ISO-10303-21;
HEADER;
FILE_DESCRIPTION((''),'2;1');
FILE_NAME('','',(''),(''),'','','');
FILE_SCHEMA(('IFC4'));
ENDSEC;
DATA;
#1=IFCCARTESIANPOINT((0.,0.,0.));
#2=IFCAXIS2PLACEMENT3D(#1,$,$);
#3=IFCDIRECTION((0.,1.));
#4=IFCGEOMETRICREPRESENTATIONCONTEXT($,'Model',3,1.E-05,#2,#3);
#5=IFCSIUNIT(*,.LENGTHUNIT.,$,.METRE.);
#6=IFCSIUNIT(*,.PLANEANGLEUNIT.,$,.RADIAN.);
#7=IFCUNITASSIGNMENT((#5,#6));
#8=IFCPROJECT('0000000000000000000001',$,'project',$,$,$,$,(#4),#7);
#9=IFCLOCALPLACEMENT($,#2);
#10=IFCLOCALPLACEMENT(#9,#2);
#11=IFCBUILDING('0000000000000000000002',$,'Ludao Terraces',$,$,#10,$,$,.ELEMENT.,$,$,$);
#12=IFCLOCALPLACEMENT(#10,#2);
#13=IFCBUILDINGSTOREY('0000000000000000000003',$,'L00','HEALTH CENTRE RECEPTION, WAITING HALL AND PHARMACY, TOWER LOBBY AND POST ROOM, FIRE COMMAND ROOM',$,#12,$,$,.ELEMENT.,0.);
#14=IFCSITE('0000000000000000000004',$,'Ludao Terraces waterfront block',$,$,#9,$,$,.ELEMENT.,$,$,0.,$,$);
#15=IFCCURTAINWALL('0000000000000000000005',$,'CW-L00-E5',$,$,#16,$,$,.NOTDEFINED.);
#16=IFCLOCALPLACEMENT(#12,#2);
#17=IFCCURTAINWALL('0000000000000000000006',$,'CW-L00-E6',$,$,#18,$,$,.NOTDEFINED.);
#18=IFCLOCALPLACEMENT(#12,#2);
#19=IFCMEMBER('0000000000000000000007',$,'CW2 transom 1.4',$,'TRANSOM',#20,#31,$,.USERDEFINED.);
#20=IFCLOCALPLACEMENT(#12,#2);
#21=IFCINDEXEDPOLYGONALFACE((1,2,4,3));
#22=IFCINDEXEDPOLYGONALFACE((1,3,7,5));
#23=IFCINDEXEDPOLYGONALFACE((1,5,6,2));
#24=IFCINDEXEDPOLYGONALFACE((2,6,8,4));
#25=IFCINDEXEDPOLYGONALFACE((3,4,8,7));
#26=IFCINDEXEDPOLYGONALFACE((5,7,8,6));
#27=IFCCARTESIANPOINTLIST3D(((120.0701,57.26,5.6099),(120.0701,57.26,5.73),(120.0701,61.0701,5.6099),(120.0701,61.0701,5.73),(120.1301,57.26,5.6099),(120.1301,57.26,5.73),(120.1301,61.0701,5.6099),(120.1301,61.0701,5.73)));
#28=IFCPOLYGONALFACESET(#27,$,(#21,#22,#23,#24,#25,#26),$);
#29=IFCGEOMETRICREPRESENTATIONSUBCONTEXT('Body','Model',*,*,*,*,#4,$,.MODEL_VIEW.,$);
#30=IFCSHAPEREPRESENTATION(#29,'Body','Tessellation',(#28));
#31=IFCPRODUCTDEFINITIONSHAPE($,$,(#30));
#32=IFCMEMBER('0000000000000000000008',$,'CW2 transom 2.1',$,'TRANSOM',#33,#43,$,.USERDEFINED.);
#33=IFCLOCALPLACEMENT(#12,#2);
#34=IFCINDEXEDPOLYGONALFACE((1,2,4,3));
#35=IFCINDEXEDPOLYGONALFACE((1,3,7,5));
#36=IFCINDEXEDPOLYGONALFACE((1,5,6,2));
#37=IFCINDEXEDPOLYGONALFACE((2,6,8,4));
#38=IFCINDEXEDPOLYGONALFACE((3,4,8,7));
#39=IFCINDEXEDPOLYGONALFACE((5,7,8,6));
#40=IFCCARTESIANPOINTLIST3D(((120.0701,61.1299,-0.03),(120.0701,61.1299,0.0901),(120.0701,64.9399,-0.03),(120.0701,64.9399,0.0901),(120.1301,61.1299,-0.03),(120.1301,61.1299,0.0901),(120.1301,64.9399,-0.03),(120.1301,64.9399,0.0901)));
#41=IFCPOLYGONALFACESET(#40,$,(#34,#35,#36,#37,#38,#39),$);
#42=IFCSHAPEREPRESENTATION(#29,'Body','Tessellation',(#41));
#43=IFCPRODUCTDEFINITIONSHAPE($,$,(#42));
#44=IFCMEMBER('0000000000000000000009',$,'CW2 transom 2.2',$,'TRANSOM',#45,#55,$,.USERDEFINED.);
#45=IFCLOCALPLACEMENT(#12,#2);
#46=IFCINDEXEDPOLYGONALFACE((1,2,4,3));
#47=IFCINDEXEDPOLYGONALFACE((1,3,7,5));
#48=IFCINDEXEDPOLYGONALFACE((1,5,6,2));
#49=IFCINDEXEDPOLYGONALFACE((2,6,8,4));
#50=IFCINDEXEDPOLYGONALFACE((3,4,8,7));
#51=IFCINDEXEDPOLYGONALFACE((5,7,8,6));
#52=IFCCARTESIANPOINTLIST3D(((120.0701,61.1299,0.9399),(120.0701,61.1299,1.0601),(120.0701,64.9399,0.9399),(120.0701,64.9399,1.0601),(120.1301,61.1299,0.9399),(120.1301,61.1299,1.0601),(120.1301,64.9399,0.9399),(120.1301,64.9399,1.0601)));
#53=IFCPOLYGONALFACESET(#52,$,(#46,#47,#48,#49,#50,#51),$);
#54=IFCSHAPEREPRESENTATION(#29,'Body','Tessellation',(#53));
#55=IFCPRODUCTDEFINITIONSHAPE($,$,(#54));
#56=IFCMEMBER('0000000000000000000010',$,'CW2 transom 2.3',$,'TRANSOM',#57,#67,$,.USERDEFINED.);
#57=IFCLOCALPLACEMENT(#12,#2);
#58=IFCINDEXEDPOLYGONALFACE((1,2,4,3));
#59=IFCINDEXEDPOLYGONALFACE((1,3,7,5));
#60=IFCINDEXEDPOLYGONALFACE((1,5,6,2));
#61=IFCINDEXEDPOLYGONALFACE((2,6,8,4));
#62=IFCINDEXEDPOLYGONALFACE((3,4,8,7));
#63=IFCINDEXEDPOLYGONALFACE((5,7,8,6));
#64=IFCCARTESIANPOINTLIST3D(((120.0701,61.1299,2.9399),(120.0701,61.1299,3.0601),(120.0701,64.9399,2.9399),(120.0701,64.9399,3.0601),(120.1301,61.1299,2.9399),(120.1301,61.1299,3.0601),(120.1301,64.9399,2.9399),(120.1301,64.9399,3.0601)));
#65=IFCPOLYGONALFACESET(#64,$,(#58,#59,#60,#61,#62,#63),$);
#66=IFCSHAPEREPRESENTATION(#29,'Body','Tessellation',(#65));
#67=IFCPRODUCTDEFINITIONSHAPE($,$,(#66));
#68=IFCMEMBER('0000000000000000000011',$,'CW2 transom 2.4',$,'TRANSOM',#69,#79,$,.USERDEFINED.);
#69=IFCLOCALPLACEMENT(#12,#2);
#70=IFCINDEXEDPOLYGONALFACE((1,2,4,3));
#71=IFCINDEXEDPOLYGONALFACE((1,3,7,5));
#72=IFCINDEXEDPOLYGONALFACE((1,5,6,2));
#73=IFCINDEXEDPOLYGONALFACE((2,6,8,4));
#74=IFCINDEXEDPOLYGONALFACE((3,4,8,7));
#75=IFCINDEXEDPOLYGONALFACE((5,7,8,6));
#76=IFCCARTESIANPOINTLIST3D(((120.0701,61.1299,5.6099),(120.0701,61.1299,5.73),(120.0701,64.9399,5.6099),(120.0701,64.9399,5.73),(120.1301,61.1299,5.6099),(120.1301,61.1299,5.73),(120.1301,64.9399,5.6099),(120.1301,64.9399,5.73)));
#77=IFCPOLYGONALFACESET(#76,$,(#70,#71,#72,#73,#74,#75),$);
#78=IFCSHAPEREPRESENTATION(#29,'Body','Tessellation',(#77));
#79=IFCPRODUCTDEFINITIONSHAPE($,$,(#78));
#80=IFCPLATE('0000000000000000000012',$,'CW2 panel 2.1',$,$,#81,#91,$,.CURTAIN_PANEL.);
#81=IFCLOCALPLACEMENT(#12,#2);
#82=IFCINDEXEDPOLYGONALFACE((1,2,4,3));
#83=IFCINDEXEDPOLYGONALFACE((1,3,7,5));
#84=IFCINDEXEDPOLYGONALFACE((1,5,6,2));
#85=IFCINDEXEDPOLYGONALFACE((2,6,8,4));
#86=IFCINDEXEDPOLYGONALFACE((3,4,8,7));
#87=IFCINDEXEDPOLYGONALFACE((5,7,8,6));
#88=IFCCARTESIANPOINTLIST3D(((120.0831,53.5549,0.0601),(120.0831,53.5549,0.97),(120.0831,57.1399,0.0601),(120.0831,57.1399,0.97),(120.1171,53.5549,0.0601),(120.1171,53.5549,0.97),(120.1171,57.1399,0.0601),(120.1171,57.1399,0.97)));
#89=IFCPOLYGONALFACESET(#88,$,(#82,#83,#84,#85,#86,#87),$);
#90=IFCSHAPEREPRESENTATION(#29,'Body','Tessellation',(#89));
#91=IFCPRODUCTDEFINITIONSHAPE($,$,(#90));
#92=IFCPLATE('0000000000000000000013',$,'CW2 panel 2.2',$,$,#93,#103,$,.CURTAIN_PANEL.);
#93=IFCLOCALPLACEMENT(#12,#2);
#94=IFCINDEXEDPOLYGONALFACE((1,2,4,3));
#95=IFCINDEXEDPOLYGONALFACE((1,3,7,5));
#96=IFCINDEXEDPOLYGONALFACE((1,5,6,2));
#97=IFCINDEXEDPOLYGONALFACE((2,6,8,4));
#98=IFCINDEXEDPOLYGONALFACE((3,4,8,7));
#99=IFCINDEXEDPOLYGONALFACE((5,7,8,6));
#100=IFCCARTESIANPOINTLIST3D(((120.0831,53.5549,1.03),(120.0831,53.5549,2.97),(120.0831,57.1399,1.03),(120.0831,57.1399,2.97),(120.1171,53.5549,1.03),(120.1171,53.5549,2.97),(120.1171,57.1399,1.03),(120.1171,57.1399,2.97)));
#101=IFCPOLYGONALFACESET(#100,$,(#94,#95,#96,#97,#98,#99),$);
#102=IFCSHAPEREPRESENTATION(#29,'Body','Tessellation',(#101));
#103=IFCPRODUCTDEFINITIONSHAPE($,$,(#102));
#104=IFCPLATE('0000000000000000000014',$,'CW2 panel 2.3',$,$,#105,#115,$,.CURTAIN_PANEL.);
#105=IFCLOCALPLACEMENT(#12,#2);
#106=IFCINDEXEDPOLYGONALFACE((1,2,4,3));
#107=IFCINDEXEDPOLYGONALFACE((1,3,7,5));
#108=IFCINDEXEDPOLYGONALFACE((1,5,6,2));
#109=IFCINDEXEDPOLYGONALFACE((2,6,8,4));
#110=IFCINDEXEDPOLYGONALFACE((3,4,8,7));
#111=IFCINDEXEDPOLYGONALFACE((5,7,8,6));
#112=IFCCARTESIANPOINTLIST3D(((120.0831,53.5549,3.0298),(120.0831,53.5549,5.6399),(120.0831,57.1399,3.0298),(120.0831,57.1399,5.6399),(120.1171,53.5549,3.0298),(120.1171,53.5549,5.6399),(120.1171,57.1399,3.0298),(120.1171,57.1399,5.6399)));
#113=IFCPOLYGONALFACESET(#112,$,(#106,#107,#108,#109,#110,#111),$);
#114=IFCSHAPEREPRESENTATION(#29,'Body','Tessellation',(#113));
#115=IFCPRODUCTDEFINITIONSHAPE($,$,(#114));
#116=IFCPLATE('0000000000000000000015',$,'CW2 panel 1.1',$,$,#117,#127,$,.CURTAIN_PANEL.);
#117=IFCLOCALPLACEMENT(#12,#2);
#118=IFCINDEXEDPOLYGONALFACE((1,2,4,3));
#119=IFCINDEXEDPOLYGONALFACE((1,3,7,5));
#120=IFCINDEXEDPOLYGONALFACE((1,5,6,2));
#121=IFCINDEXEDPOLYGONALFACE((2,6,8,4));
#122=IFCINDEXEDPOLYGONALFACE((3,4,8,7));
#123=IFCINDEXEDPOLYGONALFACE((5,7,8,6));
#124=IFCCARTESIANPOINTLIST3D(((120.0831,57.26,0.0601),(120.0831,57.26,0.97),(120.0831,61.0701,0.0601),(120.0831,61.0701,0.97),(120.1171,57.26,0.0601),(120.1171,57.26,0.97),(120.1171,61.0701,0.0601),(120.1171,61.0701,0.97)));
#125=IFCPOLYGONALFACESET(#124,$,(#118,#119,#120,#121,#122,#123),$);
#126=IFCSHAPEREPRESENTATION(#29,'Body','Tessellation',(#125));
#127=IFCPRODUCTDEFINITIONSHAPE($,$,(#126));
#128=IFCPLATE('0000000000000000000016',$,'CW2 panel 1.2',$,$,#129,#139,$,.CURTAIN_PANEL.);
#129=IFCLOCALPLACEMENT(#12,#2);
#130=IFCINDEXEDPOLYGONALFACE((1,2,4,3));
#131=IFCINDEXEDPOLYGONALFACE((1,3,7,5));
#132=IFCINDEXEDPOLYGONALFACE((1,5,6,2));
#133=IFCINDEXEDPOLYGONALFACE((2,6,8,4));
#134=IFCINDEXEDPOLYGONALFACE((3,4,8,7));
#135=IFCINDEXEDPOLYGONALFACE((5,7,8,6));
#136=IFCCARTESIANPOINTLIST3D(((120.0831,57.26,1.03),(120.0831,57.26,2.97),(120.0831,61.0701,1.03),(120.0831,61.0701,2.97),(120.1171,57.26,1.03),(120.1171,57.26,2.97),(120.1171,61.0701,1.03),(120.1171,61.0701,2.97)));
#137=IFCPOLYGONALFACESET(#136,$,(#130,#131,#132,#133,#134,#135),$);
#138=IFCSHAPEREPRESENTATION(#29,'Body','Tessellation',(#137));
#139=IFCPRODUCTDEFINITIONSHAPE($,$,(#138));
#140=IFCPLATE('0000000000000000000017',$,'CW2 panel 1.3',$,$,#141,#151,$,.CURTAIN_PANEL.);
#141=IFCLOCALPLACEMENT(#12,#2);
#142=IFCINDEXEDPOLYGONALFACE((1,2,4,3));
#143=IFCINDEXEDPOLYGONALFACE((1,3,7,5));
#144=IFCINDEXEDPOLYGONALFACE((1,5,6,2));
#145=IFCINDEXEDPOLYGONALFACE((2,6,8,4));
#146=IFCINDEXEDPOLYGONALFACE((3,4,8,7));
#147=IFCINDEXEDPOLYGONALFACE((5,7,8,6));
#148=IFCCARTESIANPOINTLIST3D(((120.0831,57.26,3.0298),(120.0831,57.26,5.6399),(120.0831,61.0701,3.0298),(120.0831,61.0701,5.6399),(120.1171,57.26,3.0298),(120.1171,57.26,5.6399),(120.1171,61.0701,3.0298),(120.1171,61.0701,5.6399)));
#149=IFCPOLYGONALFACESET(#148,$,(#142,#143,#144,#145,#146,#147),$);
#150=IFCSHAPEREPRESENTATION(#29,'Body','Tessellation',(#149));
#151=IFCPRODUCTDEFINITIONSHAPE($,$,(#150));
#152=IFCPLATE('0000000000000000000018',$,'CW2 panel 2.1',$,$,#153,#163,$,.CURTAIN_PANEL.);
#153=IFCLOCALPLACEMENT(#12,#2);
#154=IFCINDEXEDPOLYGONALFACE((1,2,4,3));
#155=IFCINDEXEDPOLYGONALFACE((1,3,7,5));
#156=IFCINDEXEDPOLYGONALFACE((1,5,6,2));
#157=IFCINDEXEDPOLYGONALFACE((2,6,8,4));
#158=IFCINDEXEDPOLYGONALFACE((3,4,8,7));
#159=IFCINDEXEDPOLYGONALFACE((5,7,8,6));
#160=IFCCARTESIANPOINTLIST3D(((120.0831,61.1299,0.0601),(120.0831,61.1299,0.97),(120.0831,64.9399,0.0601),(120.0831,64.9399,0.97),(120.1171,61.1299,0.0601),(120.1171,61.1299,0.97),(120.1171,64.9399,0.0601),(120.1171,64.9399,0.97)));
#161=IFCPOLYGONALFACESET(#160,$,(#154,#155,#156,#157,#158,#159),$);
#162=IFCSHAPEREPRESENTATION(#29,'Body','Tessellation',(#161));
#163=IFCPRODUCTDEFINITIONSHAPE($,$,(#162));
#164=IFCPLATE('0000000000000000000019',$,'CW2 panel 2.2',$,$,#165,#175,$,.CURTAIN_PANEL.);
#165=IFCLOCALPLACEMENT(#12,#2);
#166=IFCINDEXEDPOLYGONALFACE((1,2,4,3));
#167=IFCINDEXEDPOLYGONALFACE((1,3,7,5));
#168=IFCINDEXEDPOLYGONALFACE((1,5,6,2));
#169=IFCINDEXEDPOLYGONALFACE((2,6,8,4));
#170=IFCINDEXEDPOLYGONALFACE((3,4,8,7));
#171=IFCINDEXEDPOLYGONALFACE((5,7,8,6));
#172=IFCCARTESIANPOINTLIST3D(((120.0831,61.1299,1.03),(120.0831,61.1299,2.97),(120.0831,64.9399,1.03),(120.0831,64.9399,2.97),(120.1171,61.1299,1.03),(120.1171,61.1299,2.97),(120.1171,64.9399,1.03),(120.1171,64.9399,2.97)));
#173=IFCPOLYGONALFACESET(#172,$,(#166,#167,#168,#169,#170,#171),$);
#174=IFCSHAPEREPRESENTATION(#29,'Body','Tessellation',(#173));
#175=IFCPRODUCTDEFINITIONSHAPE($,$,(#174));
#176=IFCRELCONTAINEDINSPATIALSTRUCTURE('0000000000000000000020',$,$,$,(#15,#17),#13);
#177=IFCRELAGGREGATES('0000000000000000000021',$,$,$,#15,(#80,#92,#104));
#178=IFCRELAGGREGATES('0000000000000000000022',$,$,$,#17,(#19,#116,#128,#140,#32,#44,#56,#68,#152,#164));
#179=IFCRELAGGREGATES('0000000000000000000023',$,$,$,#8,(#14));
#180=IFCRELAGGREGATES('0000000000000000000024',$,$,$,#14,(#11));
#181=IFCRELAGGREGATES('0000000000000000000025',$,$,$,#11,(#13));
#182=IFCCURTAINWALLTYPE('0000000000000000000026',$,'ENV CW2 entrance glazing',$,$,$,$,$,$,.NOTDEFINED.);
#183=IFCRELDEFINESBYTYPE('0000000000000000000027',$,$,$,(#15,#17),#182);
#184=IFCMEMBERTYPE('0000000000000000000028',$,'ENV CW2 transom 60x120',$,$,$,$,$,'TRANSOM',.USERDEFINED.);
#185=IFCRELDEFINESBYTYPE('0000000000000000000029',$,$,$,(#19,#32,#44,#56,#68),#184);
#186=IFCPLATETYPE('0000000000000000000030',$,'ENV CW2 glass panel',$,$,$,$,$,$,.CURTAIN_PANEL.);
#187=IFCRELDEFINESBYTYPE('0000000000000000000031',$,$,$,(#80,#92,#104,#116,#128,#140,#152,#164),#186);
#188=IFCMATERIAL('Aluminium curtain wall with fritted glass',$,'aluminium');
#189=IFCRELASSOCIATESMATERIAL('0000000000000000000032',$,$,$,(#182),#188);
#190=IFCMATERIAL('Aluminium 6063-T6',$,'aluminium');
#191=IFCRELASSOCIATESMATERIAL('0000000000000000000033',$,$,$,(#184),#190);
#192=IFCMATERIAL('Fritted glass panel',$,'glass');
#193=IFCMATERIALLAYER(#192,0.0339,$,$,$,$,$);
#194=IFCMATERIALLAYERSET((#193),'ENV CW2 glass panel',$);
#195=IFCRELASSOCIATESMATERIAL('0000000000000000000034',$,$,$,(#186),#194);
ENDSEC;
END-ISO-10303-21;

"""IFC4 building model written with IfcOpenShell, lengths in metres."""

from ifc_helpers import new_model, si_unit, direction, frame, origin, origin_2d, place, context, subcontext, project, spatial, rectangle, extrude, material, layer, layer_set, material_profile, profile_set, type_object, element, aggregate, save


model = new_model("IFC4")

# Units and contexts
model_context = context("Model", 3, precision=1e-05, world=origin(), true_north=direction((0.0, 1.0)))
body_context = subcontext(model_context, "Body", "Model", "MODEL_VIEW")
ifc_project = project(units=[si_unit("LENGTHUNIT", "METRE"), si_unit("PLANEANGLEUNIT", "RADIAN")], contexts=[model_context])

# Site, building, storey
site_placement = place(None, origin())
site = spatial("IfcSite", under=ifc_project, at=site_placement, Name="Ludao Terraces waterfront block", CompositionType="ELEMENT", RefElevation=0.0)
building_placement = place(site_placement, origin())
building = spatial("IfcBuilding", under=site, at=building_placement, Name="Ludao Terraces", CompositionType="ELEMENT")
storey_placement = place(building_placement, origin())
storey = spatial("IfcBuildingStorey", under=building, at=storey_placement, Name="L00", Description="HEALTH CENTRE RECEPTION, WAITING HALL AND PHARMACY, TOWER LOBBY AND POST ROOM, FIRE COMMAND ROOM", CompositionType="ELEMENT", Elevation=0.0)

# Curtain wall
ifc_material_1 = material(Name="Aluminium curtain wall with fritted glass", Category="aluminium")
curtain_wall_type = type_object("IfcCurtainWallType", Name="ENV CW2 entrance glazing", PredefinedType="NOTDEFINED", material=ifc_material_1)
curtain_wall_1_placement = place(storey_placement, origin())
curtain_wall_1 = element("IfcCurtainWall", 1, at=curtain_wall_1_placement, inside=storey, type_object=curtain_wall_type, Name="CW-L00-E5", PredefinedType="NOTDEFINED")
ifc_material_2 = material(Name="Aluminium 6063-T6", Category="aluminium")

# Curtain wall
curtain_wall_2_placement = place(storey_placement, origin())
curtain_wall_2 = element("IfcCurtainWall", 2, at=curtain_wall_2_placement, inside=storey, type_object=curtain_wall_type, Name="CW-L00-E6", PredefinedType="NOTDEFINED")

# Members
ifc_material_profile_1 = material_profile(ifc_material_2, rectangle(XDim=0.0601, YDim=0.1201, at=origin_2d()), Name="60 X 120")
ifc_profile_set_1 = profile_set([ifc_material_profile_1], Name="Aluminium 6063-T6")
member_type_1 = type_object("IfcMemberType", Name="ENV CW2 transom 60x120", ElementType="TRANSOM", PredefinedType="USERDEFINED", material=ifc_profile_set_1)
member_1_placement = place(storey_placement, frame((120.1001, 57.26, 5.6699), z_axis=(0.0, 1.0, 0.0), x_axis=(-1.0, 0.0, 0.0)))
member_1 = element("IfcMember", 3, at=member_1_placement, type_object=member_type_1, Name="CW2 transom 1.4", ObjectType="TRANSOM", PredefinedType="USERDEFINED", context=body_context, shape_type="SweptSolid", body=[
    extrude(rectangle(XDim=0.0601, YDim=0.1201, at=origin_2d()), origin(), (0.0, 0.0, 1.0), 3.8101),
])
member_2_placement = place(storey_placement, frame((120.1001, 61.1299, 0.03), z_axis=(0.0, 1.0, 0.0), x_axis=(-1.0, 0.0, 0.0)))
member_2 = element("IfcMember", 4, at=member_2_placement, type_object=member_type_1, Name="CW2 transom 2.1", ObjectType="TRANSOM", PredefinedType="USERDEFINED", context=body_context, shape_type="SweptSolid", body=[
    extrude(rectangle(XDim=0.0601, YDim=0.1201, at=origin_2d()), origin(), (0.0, 0.0, 1.0), 3.8101),
])
member_3_placement = place(storey_placement, frame((120.1001, 61.1299, 1.0), z_axis=(0.0, 1.0, 0.0), x_axis=(-1.0, 0.0, 0.0)))
member_3 = element("IfcMember", 5, at=member_3_placement, type_object=member_type_1, Name="CW2 transom 2.2", ObjectType="TRANSOM", PredefinedType="USERDEFINED", context=body_context, shape_type="SweptSolid", body=[
    extrude(rectangle(XDim=0.0601, YDim=0.1201, at=origin_2d()), origin(), (0.0, 0.0, 1.0), 3.8101),
])
member_4_placement = place(storey_placement, frame((120.1001, 61.1299, 3.0), z_axis=(0.0, 1.0, 0.0), x_axis=(-1.0, 0.0, 0.0)))
member_4 = element("IfcMember", 6, at=member_4_placement, type_object=member_type_1, Name="CW2 transom 2.3", ObjectType="TRANSOM", PredefinedType="USERDEFINED", context=body_context, shape_type="SweptSolid", body=[
    extrude(rectangle(XDim=0.0601, YDim=0.1201, at=origin_2d()), origin(), (0.0, 0.0, 1.0), 3.8101),
])
member_5_placement = place(storey_placement, frame((120.1001, 61.1299, 5.6699), z_axis=(0.0, 1.0, 0.0), x_axis=(-1.0, 0.0, 0.0)))
member_5 = element("IfcMember", 7, at=member_5_placement, type_object=member_type_1, Name="CW2 transom 2.4", ObjectType="TRANSOM", PredefinedType="USERDEFINED", context=body_context, shape_type="SweptSolid", body=[
    extrude(rectangle(XDim=0.0601, YDim=0.1201, at=origin_2d()), origin(), (0.0, 0.0, 1.0), 3.8101),
])

# Plates
ifc_material_3 = material(Name="Fritted glass panel", Category="glass")
ifc_layer_1 = layer(ifc_material_3, 0.0339)
ifc_layer_set_1 = layer_set([ifc_layer_1], Name="ENV CW2 glass panel")
plate_type = type_object("IfcPlateType", Name="ENV CW2 glass panel", PredefinedType="CURTAIN_PANEL", material=ifc_layer_set_1)
plate_1_placement = place(storey_placement, frame((120.1001, 55.3474, 0.0601), z_axis=(0.0, 0.0, 1.0), x_axis=(0.0, 1.0, 0.0)))
plate_1 = element("IfcPlate", 8, at=plate_1_placement, type_object=plate_type, Name="CW2 panel 2.1", PredefinedType="CURTAIN_PANEL", context=body_context, shape_type="SweptSolid", body=[
    extrude(rectangle(XDim=3.585, YDim=0.0339, at=origin_2d()), origin(), (0.0, 0.0, 1.0), 0.9099),
])
plate_2_placement = place(storey_placement, frame((120.1001, 55.3474, 1.03), z_axis=(0.0, 0.0, 1.0), x_axis=(0.0, 1.0, 0.0)))
plate_2 = element("IfcPlate", 9, at=plate_2_placement, type_object=plate_type, Name="CW2 panel 2.2", PredefinedType="CURTAIN_PANEL", context=body_context, shape_type="SweptSolid", body=[
    extrude(rectangle(XDim=3.585, YDim=0.0339, at=origin_2d()), origin(), (0.0, 0.0, 1.0), 1.9399),
])
plate_3_placement = place(storey_placement, frame((120.1001, 55.3474, 3.0298), z_axis=(0.0, 0.0, 1.0), x_axis=(0.0, 1.0, 0.0)))
plate_3 = element("IfcPlate", 10, at=plate_3_placement, type_object=plate_type, Name="CW2 panel 2.3", PredefinedType="CURTAIN_PANEL", context=body_context, shape_type="SweptSolid", body=[
    extrude(rectangle(XDim=3.585, YDim=0.0339, at=origin_2d()), origin(), (0.0, 0.0, 1.0), 2.6101),
])
aggregate(curtain_wall_1, [plate_1, plate_2, plate_3])
plate_4_placement = place(storey_placement, frame((120.1001, 59.165, 0.0601), z_axis=(0.0, 0.0, 1.0), x_axis=(0.0, 1.0, 0.0)))
plate_4 = element("IfcPlate", 11, at=plate_4_placement, type_object=plate_type, Name="CW2 panel 1.1", PredefinedType="CURTAIN_PANEL", context=body_context, shape_type="SweptSolid", body=[
    extrude(rectangle(XDim=3.8101, YDim=0.0339, at=origin_2d()), origin(), (0.0, 0.0, 1.0), 0.9099),
])
plate_5_placement = place(storey_placement, frame((120.1001, 59.165, 1.03), z_axis=(0.0, 0.0, 1.0), x_axis=(0.0, 1.0, 0.0)))
plate_5 = element("IfcPlate", 12, at=plate_5_placement, type_object=plate_type, Name="CW2 panel 1.2", PredefinedType="CURTAIN_PANEL", context=body_context, shape_type="SweptSolid", body=[
    extrude(rectangle(XDim=3.8101, YDim=0.0339, at=origin_2d()), origin(), (0.0, 0.0, 1.0), 1.9399),
])
plate_6_placement = place(storey_placement, frame((120.1001, 59.165, 3.0298), z_axis=(0.0, 0.0, 1.0), x_axis=(0.0, 1.0, 0.0)))
plate_6 = element("IfcPlate", 13, at=plate_6_placement, type_object=plate_type, Name="CW2 panel 1.3", PredefinedType="CURTAIN_PANEL", context=body_context, shape_type="SweptSolid", body=[
    extrude(rectangle(XDim=3.8101, YDim=0.0339, at=origin_2d()), origin(), (0.0, 0.0, 1.0), 2.6101),
])
plate_7_placement = place(storey_placement, frame((120.1001, 63.0349, 0.0601), z_axis=(0.0, 0.0, 1.0), x_axis=(0.0, 1.0, 0.0)))
plate_7 = element("IfcPlate", 14, at=plate_7_placement, type_object=plate_type, Name="CW2 panel 2.1", PredefinedType="CURTAIN_PANEL", context=body_context, shape_type="SweptSolid", body=[
    extrude(rectangle(XDim=3.8101, YDim=0.0339, at=origin_2d()), origin(), (0.0, 0.0, 1.0), 0.9099),
])
plate_8_placement = place(storey_placement, frame((120.1001, 63.0349, 1.03), z_axis=(0.0, 0.0, 1.0), x_axis=(0.0, 1.0, 0.0)))
plate_8 = element("IfcPlate", 15, at=plate_8_placement, type_object=plate_type, Name="CW2 panel 2.2", PredefinedType="CURTAIN_PANEL", context=body_context, shape_type="SweptSolid", body=[
    extrude(rectangle(XDim=3.8101, YDim=0.0339, at=origin_2d()), origin(), (0.0, 0.0, 1.0), 1.9399),
])
aggregate(curtain_wall_2, [member_1, plate_4, plate_5, plate_6, member_2, member_3, member_4, member_5, plate_7, plate_8])

save(model, "model.ifc")
